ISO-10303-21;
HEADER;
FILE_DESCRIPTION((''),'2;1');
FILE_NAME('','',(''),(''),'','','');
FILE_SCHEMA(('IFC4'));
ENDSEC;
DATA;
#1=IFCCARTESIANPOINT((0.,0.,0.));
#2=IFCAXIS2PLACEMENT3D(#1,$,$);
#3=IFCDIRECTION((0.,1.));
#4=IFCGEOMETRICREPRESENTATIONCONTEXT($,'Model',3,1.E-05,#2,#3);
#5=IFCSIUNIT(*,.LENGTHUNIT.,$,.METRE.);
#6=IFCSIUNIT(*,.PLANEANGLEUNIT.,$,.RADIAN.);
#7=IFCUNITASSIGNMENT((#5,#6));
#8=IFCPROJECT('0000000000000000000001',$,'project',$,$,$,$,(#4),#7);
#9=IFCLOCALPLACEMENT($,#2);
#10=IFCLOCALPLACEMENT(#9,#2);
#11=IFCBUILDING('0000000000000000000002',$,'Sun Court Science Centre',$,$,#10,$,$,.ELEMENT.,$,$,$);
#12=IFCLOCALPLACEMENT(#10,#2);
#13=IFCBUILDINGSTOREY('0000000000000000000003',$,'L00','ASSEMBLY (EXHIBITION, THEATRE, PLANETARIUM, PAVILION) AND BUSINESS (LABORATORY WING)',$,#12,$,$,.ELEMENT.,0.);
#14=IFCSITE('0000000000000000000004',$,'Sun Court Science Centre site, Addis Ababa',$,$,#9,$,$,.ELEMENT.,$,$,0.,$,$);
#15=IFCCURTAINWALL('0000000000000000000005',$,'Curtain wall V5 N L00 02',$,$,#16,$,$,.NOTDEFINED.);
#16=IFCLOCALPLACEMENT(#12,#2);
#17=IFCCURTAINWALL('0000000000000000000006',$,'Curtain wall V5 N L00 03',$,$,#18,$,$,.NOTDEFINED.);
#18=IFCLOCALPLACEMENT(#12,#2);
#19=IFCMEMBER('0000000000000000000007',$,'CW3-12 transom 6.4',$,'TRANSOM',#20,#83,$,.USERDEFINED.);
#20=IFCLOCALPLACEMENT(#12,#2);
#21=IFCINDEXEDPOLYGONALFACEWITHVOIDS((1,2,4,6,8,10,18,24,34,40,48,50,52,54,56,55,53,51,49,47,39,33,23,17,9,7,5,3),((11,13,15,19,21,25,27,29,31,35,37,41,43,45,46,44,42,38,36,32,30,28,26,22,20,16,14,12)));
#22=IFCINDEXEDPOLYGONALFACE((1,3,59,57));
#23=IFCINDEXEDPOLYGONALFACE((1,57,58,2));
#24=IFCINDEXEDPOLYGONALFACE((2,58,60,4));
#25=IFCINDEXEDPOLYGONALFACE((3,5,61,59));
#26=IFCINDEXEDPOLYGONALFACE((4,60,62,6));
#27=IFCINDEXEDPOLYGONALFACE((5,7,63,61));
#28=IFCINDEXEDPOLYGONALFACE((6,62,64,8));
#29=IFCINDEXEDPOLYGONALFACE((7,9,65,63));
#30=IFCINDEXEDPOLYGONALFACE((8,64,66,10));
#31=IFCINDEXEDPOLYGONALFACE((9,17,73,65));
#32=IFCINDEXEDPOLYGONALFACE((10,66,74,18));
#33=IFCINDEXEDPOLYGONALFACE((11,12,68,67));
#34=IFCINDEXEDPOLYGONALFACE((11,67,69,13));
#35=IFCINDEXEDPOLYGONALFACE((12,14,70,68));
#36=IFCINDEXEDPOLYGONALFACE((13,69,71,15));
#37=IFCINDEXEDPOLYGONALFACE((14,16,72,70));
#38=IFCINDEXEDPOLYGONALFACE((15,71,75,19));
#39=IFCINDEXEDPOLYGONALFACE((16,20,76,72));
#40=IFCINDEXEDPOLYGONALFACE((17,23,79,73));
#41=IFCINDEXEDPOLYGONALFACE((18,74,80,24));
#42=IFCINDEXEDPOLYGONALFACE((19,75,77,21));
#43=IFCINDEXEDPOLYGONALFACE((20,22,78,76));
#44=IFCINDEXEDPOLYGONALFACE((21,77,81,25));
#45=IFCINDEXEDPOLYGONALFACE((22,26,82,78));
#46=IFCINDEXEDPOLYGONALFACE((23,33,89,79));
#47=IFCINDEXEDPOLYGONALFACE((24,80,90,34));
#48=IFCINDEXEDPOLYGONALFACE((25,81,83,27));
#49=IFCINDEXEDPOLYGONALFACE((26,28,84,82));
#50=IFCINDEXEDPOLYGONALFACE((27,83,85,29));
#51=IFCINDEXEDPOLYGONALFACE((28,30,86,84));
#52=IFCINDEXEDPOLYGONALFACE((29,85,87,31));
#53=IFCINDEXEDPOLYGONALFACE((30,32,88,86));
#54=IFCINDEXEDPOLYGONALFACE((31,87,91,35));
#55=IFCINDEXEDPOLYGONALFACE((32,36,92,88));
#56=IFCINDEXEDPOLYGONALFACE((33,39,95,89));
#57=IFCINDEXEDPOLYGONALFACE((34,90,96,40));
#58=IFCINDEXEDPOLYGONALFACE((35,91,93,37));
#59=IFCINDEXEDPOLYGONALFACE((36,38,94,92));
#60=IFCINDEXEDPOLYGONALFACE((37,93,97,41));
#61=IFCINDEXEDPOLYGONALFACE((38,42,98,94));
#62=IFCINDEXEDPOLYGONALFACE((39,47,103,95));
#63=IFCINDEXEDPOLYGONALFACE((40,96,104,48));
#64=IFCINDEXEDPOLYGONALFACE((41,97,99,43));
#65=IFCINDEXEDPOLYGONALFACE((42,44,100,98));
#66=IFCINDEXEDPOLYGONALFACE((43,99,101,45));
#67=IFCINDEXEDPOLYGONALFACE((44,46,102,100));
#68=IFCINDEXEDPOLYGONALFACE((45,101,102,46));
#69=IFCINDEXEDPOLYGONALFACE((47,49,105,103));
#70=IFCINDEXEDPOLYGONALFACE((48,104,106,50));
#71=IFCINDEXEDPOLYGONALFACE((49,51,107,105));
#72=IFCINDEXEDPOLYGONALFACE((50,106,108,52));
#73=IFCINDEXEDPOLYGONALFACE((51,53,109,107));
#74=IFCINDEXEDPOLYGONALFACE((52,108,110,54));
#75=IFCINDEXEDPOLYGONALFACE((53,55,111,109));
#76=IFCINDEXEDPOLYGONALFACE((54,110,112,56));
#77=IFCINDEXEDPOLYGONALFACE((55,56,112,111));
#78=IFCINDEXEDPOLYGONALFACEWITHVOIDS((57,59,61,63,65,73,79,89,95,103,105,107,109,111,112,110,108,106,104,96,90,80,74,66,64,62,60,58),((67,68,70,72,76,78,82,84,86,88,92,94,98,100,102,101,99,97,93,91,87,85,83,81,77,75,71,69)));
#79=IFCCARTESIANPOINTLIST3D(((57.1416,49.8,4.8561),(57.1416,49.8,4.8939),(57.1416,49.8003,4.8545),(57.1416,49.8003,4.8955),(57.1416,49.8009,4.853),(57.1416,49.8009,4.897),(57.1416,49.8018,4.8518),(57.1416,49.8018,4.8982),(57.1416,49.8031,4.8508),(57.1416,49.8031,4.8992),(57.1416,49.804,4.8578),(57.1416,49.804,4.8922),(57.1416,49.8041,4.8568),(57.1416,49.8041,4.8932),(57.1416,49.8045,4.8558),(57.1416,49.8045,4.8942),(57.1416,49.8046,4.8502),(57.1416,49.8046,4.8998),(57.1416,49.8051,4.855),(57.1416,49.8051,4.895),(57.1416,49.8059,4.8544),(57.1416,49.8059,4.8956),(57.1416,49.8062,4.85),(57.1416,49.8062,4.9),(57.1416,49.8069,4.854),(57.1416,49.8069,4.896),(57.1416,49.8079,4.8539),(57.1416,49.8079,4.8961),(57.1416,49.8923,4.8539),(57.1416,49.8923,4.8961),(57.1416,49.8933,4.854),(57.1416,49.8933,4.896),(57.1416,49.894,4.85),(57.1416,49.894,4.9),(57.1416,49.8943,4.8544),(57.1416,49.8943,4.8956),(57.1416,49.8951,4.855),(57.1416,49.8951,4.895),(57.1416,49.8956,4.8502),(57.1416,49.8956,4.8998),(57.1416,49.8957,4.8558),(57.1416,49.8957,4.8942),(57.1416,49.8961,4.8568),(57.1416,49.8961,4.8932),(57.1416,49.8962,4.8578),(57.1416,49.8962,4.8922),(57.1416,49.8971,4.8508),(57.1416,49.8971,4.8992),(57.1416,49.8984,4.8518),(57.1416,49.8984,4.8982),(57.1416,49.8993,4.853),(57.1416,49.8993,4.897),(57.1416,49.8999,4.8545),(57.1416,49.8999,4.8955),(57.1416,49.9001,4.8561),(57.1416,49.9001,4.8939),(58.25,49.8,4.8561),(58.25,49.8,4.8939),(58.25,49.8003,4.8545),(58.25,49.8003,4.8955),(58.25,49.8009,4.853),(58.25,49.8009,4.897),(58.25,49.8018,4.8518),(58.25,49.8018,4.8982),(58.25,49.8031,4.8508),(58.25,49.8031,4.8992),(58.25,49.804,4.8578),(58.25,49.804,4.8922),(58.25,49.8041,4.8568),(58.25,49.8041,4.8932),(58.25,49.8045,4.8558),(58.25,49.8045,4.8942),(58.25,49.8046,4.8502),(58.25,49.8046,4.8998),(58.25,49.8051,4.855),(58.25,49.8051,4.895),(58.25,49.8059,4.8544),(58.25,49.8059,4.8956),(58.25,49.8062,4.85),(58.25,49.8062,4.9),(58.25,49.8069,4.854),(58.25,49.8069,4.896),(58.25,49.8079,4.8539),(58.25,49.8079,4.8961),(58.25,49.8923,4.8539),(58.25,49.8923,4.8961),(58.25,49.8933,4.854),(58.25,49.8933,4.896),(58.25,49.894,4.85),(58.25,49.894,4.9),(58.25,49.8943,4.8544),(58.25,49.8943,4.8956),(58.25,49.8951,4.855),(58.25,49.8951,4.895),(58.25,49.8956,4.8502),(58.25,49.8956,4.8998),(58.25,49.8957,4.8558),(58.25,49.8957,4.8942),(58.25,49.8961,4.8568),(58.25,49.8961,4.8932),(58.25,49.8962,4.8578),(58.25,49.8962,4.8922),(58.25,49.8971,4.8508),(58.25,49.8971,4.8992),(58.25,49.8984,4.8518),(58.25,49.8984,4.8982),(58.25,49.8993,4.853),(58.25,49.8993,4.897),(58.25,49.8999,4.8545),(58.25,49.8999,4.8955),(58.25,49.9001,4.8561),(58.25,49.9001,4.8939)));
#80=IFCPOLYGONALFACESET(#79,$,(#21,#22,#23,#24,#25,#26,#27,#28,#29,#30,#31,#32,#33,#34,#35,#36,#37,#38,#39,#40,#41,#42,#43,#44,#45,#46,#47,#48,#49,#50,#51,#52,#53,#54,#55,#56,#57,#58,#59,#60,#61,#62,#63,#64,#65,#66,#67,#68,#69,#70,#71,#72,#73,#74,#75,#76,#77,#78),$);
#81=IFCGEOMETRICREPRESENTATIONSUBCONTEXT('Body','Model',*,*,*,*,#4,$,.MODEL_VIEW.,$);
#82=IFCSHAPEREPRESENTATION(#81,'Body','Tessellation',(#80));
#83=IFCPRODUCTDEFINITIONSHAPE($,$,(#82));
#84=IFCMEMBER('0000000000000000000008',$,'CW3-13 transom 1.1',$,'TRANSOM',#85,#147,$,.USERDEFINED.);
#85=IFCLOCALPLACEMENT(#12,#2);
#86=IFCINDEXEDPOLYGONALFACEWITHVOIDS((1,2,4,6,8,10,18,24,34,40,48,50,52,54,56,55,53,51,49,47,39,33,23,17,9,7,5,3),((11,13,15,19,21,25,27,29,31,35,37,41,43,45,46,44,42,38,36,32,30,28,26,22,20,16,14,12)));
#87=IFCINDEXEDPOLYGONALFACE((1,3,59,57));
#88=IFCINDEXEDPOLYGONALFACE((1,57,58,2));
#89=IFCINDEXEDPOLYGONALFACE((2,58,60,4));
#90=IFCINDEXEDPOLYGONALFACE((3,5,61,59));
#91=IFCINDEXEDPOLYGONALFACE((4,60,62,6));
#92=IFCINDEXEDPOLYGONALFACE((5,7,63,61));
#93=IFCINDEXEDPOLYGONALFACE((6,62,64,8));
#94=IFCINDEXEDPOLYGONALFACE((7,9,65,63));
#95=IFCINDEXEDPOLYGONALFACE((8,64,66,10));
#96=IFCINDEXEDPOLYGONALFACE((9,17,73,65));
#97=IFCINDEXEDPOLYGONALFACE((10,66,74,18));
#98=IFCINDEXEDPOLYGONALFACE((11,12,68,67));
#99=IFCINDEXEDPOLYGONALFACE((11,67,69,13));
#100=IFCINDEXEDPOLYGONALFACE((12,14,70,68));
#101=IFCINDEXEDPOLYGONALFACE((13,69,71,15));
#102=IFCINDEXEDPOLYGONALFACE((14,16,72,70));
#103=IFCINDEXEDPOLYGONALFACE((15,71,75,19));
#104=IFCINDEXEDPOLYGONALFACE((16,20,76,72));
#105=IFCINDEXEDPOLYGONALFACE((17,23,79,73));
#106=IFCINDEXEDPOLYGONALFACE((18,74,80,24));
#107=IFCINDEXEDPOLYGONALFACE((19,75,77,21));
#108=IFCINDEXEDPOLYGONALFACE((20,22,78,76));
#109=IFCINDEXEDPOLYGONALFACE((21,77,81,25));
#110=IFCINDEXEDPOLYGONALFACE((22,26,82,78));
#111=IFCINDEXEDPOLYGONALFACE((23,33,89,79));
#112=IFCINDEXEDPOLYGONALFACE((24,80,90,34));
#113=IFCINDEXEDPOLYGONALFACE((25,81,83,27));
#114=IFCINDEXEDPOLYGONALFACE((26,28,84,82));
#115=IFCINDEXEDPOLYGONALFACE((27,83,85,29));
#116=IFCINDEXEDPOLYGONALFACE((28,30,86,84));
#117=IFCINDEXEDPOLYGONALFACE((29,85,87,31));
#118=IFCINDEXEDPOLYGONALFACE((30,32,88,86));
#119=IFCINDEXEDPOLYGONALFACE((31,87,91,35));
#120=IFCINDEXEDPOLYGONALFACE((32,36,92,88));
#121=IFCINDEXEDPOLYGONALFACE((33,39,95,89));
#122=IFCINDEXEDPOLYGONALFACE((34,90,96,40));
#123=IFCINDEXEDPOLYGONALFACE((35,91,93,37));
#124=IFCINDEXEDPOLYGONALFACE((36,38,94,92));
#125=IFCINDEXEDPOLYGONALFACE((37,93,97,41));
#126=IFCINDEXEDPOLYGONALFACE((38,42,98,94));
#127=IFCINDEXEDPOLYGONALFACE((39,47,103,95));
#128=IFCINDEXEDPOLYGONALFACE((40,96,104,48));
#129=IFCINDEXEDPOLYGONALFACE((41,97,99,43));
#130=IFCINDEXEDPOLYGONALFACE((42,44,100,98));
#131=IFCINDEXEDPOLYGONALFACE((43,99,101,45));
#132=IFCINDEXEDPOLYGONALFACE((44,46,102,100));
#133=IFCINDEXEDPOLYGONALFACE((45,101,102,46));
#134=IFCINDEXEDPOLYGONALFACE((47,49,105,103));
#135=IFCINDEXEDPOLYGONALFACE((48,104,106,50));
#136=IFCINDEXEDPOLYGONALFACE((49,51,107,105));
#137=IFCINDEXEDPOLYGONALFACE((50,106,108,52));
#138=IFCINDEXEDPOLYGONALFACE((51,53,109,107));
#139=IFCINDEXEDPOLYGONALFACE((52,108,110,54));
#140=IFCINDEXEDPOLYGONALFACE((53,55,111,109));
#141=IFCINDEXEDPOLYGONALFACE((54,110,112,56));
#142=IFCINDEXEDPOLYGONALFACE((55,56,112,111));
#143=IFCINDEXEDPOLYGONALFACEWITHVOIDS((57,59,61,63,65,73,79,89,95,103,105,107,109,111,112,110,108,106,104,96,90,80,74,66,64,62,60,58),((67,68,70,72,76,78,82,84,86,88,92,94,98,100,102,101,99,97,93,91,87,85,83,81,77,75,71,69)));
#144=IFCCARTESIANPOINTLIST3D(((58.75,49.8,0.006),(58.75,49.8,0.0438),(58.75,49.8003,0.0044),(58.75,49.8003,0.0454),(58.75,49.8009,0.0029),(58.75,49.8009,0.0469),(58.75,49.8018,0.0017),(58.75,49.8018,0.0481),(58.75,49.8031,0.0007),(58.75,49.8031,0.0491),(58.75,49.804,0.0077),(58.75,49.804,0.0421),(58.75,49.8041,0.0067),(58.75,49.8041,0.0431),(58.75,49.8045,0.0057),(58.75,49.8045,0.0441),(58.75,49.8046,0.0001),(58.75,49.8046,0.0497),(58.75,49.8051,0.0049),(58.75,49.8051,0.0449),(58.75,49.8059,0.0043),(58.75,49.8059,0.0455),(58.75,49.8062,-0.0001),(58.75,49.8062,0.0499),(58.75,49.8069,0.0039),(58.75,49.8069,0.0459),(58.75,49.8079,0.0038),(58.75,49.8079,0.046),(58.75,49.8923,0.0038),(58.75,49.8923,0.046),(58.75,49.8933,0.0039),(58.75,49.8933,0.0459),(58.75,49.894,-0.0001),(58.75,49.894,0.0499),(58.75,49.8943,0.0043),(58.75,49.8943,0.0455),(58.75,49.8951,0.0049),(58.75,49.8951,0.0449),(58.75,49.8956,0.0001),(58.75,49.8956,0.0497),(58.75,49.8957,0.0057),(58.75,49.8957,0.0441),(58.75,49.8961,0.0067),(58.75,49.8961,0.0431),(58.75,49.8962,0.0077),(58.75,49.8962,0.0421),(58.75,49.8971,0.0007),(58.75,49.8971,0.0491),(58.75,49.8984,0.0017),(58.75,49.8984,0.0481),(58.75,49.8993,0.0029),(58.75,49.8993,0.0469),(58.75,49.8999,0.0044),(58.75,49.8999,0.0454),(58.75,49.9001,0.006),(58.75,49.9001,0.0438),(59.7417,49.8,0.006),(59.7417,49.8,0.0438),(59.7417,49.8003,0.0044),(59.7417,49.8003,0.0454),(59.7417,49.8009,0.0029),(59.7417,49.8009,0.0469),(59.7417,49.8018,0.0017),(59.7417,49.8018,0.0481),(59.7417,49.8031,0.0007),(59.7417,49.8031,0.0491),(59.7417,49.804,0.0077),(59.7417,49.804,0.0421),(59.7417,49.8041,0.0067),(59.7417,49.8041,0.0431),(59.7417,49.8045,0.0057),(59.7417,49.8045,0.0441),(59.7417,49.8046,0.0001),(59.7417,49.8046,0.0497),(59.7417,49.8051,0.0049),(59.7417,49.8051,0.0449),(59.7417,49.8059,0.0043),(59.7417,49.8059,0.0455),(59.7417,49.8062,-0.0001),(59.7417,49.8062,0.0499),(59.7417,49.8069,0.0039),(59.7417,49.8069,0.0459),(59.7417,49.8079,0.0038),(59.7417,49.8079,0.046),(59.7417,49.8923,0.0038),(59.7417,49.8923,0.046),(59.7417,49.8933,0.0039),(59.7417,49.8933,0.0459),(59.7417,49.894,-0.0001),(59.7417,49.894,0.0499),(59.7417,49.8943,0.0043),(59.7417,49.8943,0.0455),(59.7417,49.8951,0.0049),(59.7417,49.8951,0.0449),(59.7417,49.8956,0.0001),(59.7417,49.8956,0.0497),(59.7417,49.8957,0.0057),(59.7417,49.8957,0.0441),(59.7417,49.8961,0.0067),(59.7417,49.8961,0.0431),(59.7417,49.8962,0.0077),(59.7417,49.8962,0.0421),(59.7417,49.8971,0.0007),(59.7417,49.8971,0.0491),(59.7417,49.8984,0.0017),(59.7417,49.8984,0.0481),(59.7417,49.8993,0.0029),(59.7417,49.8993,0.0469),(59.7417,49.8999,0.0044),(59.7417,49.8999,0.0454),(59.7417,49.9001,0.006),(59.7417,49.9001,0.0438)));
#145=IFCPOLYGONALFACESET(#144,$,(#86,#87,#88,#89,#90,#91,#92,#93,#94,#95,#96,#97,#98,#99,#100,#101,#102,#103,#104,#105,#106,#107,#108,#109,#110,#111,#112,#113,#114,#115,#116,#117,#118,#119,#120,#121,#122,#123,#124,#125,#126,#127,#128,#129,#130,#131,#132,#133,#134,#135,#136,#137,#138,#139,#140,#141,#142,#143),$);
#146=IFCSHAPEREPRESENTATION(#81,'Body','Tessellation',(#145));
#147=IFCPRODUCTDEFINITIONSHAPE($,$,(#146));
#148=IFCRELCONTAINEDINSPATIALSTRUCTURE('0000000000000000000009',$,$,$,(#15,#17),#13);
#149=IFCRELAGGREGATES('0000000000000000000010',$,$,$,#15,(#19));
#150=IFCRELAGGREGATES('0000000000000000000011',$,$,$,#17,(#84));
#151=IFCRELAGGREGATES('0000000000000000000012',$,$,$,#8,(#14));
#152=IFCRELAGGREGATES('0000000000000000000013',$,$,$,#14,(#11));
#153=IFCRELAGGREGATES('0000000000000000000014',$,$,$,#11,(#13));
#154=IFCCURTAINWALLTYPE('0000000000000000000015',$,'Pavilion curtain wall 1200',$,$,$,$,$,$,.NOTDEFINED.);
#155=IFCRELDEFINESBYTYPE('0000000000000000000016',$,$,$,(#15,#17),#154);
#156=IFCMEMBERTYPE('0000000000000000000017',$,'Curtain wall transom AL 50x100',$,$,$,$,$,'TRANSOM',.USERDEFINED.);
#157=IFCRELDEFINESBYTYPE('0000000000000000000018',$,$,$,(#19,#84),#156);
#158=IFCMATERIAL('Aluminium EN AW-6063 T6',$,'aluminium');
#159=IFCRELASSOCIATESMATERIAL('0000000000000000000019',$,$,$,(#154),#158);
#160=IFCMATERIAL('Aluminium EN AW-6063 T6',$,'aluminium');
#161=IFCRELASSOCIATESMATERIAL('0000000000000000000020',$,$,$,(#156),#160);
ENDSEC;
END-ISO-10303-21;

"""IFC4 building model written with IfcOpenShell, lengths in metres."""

from ifc_helpers import new_model, si_unit, direction, frame, origin, origin_2d, place, context, subcontext, project, spatial, hollow_rectangle, extrude, material, material_profile, profile_set, type_object, element, aggregate, save


model = new_model("IFC4")

# Units and contexts
model_context = context("Model", 3, precision=1e-05, world=origin(), true_north=direction((0.0, 1.0)))
body_context = subcontext(model_context, "Body", "Model", "MODEL_VIEW")
ifc_project = project(units=[si_unit("LENGTHUNIT", "METRE"), si_unit("PLANEANGLEUNIT", "RADIAN")], contexts=[model_context])

# Site, building, storey
site_placement = place(None, origin())
site = spatial("IfcSite", under=ifc_project, at=site_placement, Name="Sun Court Science Centre site, Addis Ababa", CompositionType="ELEMENT", RefElevation=0.0)
building_placement = place(site_placement, origin())
building = spatial("IfcBuilding", under=site, at=building_placement, Name="Sun Court Science Centre", CompositionType="ELEMENT")
storey_placement = place(building_placement, origin())
storey = spatial("IfcBuildingStorey", under=building, at=storey_placement, Name="L00", Description="ASSEMBLY (EXHIBITION, THEATRE, PLANETARIUM, PAVILION) AND BUSINESS (LABORATORY WING)", CompositionType="ELEMENT", Elevation=0.0)

# Curtain walls
ifc_material_1 = material(Name="Aluminium EN AW-6063 T6", Category="aluminium")
curtain_wall_type = type_object("IfcCurtainWallType", Name="Pavilion curtain wall 1200", PredefinedType="NOTDEFINED", material=ifc_material_1)
curtain_wall_1_placement = place(storey_placement, origin())
curtain_wall_1 = element("IfcCurtainWall", 1, at=curtain_wall_1_placement, inside=storey, type_object=curtain_wall_type, Name="Curtain wall V5 N L00 02", PredefinedType="NOTDEFINED")
curtain_wall_2_placement = place(storey_placement, origin())
curtain_wall_2 = element("IfcCurtainWall", 2, at=curtain_wall_2_placement, inside=storey, type_object=curtain_wall_type, Name="Curtain wall V5 N L00 03", PredefinedType="NOTDEFINED")

# Members
ifc_material_2 = material(Name="Aluminium EN AW-6063 T6", Category="aluminium")
ifc_material_profile_1 = material_profile(ifc_material_2, hollow_rectangle(XDim=0.05, YDim=0.1001, WallThickness=0.0039, InnerFilletRadius=0.0039, OuterFilletRadius=0.0061, at=origin_2d()), Name="AL 50x100x4")
ifc_profile_set_1 = profile_set([ifc_material_profile_1], Name="Aluminium EN AW-6063 T6")
member_type_1 = type_object("IfcMemberType", Name="Curtain wall transom AL 50x100", ElementType="TRANSOM", PredefinedType="USERDEFINED", material=ifc_profile_set_1)
member_1_placement = place(storey_placement, frame((57.1416, 49.8501, 4.875), z_axis=(1.0, 0.0, 0.0), x_axis=(0.0, 0.0, 1.0)))
member_1 = element("IfcMember", 3, at=member_1_placement, type_object=member_type_1, Name="CW3-12 transom 6.4", ObjectType="TRANSOM", PredefinedType="USERDEFINED", context=body_context, shape_type="SweptSolid", body=[
    extrude(hollow_rectangle(XDim=0.05, YDim=0.1001, WallThickness=0.0039, InnerFilletRadius=0.0039, OuterFilletRadius=0.0061, at=origin_2d()), origin(), (0.0, 0.0, 1.0), 1.1084),
])
member_2_placement = place(storey_placement, frame((58.75, 49.8501, 0.0249), z_axis=(1.0, 0.0, 0.0), x_axis=(0.0, 0.0, 1.0)))
member_2 = element("IfcMember", 4, at=member_2_placement, type_object=member_type_1, Name="CW3-13 transom 1.1", ObjectType="TRANSOM", PredefinedType="USERDEFINED", context=body_context, shape_type="SweptSolid", body=[
    extrude(hollow_rectangle(XDim=0.05, YDim=0.1001, WallThickness=0.0039, InnerFilletRadius=0.0039, OuterFilletRadius=0.0061, at=origin_2d()), origin(), (0.0, 0.0, 1.0), 0.9917),
])

aggregate(curtain_wall_1, [member_1])
aggregate(curtain_wall_2, [member_2])

save(model, "model.ifc")
